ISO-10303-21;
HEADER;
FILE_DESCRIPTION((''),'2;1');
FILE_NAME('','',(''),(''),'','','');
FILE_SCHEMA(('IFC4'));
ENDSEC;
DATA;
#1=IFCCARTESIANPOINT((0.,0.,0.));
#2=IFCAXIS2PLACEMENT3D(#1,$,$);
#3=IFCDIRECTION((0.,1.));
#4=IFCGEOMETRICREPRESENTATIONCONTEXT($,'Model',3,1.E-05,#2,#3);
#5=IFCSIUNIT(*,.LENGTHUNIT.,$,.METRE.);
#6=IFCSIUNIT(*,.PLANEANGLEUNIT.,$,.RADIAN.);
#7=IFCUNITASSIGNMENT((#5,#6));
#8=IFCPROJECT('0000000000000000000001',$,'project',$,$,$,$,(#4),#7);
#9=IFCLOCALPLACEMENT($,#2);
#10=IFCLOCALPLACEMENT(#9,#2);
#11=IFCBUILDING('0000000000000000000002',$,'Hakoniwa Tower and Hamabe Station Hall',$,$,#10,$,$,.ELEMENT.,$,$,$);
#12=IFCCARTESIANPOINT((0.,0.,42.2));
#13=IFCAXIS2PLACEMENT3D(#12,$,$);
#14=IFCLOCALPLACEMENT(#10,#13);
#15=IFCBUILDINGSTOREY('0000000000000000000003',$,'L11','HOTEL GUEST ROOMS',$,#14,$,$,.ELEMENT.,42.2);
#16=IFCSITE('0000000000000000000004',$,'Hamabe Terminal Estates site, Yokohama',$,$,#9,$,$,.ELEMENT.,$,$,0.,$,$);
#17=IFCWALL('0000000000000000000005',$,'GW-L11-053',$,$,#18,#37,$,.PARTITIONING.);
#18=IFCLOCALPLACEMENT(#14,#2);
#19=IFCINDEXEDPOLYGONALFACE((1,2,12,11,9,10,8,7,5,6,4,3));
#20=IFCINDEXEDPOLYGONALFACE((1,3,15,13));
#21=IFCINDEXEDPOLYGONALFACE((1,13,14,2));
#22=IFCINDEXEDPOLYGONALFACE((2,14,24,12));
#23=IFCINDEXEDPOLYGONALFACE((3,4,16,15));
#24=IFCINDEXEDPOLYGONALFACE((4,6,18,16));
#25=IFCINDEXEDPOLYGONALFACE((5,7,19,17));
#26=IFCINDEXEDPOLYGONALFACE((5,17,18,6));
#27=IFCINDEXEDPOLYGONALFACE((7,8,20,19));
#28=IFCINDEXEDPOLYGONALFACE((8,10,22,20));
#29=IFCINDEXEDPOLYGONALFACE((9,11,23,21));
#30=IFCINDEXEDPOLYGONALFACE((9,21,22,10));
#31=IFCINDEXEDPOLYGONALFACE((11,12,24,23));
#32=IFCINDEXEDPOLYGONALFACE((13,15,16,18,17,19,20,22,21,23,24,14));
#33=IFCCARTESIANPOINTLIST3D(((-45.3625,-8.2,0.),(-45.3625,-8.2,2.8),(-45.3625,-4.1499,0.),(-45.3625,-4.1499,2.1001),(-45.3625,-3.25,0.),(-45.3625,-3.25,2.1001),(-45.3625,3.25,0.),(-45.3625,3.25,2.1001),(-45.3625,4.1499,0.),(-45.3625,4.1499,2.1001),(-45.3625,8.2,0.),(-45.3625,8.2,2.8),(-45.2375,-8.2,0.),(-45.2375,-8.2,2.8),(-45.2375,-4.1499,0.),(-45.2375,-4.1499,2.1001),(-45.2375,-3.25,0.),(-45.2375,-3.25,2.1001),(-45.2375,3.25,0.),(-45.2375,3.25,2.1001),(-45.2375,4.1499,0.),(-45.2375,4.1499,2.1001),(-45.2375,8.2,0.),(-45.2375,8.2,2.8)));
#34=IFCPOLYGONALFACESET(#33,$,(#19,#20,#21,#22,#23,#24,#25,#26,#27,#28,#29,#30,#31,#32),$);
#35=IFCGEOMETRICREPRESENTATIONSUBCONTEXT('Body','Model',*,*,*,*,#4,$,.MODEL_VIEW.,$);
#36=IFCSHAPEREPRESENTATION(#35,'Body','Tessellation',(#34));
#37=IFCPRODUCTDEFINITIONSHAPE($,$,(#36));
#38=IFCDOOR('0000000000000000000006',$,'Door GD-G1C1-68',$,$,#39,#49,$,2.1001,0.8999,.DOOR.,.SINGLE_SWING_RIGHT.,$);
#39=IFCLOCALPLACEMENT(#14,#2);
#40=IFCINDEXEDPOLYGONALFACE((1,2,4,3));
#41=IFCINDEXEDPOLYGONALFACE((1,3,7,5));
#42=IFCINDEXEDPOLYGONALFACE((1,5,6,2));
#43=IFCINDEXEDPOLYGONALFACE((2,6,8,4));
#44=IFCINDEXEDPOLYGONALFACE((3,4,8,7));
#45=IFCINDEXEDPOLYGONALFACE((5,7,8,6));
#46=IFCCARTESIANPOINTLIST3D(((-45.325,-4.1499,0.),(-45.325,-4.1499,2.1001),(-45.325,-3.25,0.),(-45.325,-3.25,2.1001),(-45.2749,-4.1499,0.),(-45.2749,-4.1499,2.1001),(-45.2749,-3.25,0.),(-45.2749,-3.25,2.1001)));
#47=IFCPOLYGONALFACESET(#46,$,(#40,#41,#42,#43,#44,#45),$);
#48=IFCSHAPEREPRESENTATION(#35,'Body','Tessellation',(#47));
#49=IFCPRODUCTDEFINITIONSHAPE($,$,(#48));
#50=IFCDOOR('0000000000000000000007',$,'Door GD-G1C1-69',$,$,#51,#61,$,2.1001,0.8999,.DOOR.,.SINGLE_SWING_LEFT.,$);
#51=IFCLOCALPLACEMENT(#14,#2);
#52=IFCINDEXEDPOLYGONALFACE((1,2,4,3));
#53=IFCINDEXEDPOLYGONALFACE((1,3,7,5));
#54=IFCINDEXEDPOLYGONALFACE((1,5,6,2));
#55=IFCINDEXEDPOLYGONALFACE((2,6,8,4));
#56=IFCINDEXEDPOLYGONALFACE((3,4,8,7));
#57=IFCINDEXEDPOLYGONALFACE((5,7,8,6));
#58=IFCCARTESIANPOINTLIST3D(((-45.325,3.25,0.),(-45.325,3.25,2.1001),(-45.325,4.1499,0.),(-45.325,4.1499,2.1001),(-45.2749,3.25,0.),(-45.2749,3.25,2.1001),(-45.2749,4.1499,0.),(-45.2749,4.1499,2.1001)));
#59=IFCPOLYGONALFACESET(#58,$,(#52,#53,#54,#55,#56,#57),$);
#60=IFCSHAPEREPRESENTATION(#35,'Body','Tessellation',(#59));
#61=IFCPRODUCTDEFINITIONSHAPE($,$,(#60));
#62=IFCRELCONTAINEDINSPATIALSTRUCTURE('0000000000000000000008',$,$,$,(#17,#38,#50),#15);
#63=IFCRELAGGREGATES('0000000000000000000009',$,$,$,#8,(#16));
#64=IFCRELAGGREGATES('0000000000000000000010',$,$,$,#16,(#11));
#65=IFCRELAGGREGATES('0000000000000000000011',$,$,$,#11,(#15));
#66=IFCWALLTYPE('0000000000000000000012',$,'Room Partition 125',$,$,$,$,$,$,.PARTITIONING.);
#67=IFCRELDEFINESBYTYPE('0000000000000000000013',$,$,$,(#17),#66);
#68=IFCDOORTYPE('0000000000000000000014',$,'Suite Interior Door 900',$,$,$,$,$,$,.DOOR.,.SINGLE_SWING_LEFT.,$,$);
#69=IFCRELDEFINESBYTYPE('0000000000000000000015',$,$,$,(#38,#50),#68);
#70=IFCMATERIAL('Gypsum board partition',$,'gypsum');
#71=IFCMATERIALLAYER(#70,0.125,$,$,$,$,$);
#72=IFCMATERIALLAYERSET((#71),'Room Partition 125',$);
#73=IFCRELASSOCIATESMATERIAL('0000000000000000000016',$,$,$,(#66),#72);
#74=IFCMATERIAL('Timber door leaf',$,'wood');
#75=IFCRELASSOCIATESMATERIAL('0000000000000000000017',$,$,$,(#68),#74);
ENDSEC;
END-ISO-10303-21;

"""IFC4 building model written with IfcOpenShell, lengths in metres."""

from ifc_helpers import new_model, si_unit, direction, frame, frame_2d, origin, place, context, subcontext, project, spatial, rectangle, extrude, material, layer, layer_set, type_object, element, fill, save


model = new_model("IFC4")

# Units and contexts
model_context = context("Model", 3, precision=1e-05, world=origin(), true_north=direction((0.0, 1.0)))
body_context = subcontext(model_context, "Body", "Model", "MODEL_VIEW")
ifc_project = project(units=[si_unit("LENGTHUNIT", "METRE"), si_unit("PLANEANGLEUNIT", "RADIAN")], contexts=[model_context])

# Site, building, storey
site_placement = place(None, origin())
site = spatial("IfcSite", under=ifc_project, at=site_placement, Name="Hamabe Terminal Estates site, Yokohama", CompositionType="ELEMENT", RefElevation=0.0)
building_placement = place(site_placement, origin())
building = spatial("IfcBuilding", under=site, at=building_placement, Name="Hakoniwa Tower and Hamabe Station Hall", CompositionType="ELEMENT")
storey_placement = place(building_placement, frame((0.0, 0.0, 42.2)))
storey = spatial("IfcBuildingStorey", under=building, at=storey_placement, Name="L11", Description="HOTEL GUEST ROOMS", CompositionType="ELEMENT", Elevation=42.2)

# Wall, openings, doors
ifc_material_1 = material(Name="Gypsum board partition", Category="gypsum")
ifc_layer_1 = layer(ifc_material_1, 0.125)
ifc_layer_set_1 = layer_set([ifc_layer_1], Name="Room Partition 125")
wall_type_1 = type_object("IfcWallType", Name="Room Partition 125", PredefinedType="PARTITIONING", material=ifc_layer_set_1)
wall_1_placement = place(storey_placement, frame((-45.3, -8.2, 0.0), z_axis=(0.0, 0.0, 1.0), x_axis=(0.0, 1.0, 0.0)))
wall_1 = element("IfcWall", 1, at=wall_1_placement, inside=storey, type_object=wall_type_1, Name="GW-L11-053", PredefinedType="PARTITIONING", context=body_context, shape_type="SweptSolid", body=[
    extrude(rectangle(XDim=16.3999, YDim=0.125, at=frame_2d((8.2, 0.0))), origin(), (0.0, 0.0, 1.0), 2.8),
])
opening_1_placement = place(wall_1_placement, frame((4.05, 0.0, 0.0)))
opening_1 = element("IfcOpeningElement", 2, at=opening_1_placement, cuts=wall_1, PredefinedType="OPENING", context=body_context, shape_type="SweptSolid", body=[
    extrude(rectangle(XDim=0.8999, YDim=2.1001, at=frame_2d((0.45, 1.05))), frame((0.0, 0.0725, 0.0), z_axis=(0.0, -1.0, 0.0), x_axis=(1.0, 0.0, 0.0)), (0.0, 0.0, 1.0), 0.145),
])
opening_2_placement = place(wall_1_placement, frame((11.45, 0.0, 0.0)))
opening_2 = element("IfcOpeningElement", 3, at=opening_2_placement, cuts=wall_1, PredefinedType="OPENING", context=body_context, shape_type="SweptSolid", body=[
    extrude(rectangle(XDim=0.8999, YDim=2.1001, at=frame_2d((0.45, 1.05))), frame((0.0, 0.0725, 0.0), z_axis=(0.0, -1.0, 0.0), x_axis=(1.0, 0.0, 0.0)), (0.0, 0.0, 1.0), 0.145),
])
ifc_material_2 = material(Name="Timber door leaf", Category="wood")
door_type_1 = type_object("IfcDoorType", Name="Suite Interior Door 900", OperationType="SINGLE_SWING_LEFT", PredefinedType="DOOR", material=ifc_material_2)
door_1_placement = place(opening_1_placement, origin())
door_1 = element("IfcDoor", 4, at=door_1_placement, inside=storey, type_object=door_type_1, Name="Door GD-G1C1-68", OperationType="SINGLE_SWING_RIGHT", OverallHeight=2.1001, OverallWidth=0.8999, PredefinedType="DOOR", context=body_context, shape_type="SweptSolid", body=[
    extrude(rectangle(XDim=0.8999, YDim=2.1001, at=frame_2d((0.45, 1.05))), frame((0.0, 0.0249, 0.0), z_axis=(0.0, -1.0, 0.0), x_axis=(1.0, 0.0, 0.0)), (0.0, 0.0, 1.0), 0.05),
])
fill(opening_1, door_1)
door_2_placement = place(opening_2_placement, origin())
door_2 = element("IfcDoor", 5, at=door_2_placement, inside=storey, type_object=door_type_1, Name="Door GD-G1C1-69", OperationType="SINGLE_SWING_LEFT", OverallHeight=2.1001, OverallWidth=0.8999, PredefinedType="DOOR", context=body_context, shape_type="SweptSolid", body=[
    extrude(rectangle(XDim=0.8999, YDim=2.1001, at=frame_2d((0.45, 1.05))), frame((0.0, 0.0249, 0.0), z_axis=(0.0, -1.0, 0.0), x_axis=(1.0, 0.0, 0.0)), (0.0, 0.0, 1.0), 0.05),
])
fill(opening_2, door_2)

save(model, "model.ifc")
